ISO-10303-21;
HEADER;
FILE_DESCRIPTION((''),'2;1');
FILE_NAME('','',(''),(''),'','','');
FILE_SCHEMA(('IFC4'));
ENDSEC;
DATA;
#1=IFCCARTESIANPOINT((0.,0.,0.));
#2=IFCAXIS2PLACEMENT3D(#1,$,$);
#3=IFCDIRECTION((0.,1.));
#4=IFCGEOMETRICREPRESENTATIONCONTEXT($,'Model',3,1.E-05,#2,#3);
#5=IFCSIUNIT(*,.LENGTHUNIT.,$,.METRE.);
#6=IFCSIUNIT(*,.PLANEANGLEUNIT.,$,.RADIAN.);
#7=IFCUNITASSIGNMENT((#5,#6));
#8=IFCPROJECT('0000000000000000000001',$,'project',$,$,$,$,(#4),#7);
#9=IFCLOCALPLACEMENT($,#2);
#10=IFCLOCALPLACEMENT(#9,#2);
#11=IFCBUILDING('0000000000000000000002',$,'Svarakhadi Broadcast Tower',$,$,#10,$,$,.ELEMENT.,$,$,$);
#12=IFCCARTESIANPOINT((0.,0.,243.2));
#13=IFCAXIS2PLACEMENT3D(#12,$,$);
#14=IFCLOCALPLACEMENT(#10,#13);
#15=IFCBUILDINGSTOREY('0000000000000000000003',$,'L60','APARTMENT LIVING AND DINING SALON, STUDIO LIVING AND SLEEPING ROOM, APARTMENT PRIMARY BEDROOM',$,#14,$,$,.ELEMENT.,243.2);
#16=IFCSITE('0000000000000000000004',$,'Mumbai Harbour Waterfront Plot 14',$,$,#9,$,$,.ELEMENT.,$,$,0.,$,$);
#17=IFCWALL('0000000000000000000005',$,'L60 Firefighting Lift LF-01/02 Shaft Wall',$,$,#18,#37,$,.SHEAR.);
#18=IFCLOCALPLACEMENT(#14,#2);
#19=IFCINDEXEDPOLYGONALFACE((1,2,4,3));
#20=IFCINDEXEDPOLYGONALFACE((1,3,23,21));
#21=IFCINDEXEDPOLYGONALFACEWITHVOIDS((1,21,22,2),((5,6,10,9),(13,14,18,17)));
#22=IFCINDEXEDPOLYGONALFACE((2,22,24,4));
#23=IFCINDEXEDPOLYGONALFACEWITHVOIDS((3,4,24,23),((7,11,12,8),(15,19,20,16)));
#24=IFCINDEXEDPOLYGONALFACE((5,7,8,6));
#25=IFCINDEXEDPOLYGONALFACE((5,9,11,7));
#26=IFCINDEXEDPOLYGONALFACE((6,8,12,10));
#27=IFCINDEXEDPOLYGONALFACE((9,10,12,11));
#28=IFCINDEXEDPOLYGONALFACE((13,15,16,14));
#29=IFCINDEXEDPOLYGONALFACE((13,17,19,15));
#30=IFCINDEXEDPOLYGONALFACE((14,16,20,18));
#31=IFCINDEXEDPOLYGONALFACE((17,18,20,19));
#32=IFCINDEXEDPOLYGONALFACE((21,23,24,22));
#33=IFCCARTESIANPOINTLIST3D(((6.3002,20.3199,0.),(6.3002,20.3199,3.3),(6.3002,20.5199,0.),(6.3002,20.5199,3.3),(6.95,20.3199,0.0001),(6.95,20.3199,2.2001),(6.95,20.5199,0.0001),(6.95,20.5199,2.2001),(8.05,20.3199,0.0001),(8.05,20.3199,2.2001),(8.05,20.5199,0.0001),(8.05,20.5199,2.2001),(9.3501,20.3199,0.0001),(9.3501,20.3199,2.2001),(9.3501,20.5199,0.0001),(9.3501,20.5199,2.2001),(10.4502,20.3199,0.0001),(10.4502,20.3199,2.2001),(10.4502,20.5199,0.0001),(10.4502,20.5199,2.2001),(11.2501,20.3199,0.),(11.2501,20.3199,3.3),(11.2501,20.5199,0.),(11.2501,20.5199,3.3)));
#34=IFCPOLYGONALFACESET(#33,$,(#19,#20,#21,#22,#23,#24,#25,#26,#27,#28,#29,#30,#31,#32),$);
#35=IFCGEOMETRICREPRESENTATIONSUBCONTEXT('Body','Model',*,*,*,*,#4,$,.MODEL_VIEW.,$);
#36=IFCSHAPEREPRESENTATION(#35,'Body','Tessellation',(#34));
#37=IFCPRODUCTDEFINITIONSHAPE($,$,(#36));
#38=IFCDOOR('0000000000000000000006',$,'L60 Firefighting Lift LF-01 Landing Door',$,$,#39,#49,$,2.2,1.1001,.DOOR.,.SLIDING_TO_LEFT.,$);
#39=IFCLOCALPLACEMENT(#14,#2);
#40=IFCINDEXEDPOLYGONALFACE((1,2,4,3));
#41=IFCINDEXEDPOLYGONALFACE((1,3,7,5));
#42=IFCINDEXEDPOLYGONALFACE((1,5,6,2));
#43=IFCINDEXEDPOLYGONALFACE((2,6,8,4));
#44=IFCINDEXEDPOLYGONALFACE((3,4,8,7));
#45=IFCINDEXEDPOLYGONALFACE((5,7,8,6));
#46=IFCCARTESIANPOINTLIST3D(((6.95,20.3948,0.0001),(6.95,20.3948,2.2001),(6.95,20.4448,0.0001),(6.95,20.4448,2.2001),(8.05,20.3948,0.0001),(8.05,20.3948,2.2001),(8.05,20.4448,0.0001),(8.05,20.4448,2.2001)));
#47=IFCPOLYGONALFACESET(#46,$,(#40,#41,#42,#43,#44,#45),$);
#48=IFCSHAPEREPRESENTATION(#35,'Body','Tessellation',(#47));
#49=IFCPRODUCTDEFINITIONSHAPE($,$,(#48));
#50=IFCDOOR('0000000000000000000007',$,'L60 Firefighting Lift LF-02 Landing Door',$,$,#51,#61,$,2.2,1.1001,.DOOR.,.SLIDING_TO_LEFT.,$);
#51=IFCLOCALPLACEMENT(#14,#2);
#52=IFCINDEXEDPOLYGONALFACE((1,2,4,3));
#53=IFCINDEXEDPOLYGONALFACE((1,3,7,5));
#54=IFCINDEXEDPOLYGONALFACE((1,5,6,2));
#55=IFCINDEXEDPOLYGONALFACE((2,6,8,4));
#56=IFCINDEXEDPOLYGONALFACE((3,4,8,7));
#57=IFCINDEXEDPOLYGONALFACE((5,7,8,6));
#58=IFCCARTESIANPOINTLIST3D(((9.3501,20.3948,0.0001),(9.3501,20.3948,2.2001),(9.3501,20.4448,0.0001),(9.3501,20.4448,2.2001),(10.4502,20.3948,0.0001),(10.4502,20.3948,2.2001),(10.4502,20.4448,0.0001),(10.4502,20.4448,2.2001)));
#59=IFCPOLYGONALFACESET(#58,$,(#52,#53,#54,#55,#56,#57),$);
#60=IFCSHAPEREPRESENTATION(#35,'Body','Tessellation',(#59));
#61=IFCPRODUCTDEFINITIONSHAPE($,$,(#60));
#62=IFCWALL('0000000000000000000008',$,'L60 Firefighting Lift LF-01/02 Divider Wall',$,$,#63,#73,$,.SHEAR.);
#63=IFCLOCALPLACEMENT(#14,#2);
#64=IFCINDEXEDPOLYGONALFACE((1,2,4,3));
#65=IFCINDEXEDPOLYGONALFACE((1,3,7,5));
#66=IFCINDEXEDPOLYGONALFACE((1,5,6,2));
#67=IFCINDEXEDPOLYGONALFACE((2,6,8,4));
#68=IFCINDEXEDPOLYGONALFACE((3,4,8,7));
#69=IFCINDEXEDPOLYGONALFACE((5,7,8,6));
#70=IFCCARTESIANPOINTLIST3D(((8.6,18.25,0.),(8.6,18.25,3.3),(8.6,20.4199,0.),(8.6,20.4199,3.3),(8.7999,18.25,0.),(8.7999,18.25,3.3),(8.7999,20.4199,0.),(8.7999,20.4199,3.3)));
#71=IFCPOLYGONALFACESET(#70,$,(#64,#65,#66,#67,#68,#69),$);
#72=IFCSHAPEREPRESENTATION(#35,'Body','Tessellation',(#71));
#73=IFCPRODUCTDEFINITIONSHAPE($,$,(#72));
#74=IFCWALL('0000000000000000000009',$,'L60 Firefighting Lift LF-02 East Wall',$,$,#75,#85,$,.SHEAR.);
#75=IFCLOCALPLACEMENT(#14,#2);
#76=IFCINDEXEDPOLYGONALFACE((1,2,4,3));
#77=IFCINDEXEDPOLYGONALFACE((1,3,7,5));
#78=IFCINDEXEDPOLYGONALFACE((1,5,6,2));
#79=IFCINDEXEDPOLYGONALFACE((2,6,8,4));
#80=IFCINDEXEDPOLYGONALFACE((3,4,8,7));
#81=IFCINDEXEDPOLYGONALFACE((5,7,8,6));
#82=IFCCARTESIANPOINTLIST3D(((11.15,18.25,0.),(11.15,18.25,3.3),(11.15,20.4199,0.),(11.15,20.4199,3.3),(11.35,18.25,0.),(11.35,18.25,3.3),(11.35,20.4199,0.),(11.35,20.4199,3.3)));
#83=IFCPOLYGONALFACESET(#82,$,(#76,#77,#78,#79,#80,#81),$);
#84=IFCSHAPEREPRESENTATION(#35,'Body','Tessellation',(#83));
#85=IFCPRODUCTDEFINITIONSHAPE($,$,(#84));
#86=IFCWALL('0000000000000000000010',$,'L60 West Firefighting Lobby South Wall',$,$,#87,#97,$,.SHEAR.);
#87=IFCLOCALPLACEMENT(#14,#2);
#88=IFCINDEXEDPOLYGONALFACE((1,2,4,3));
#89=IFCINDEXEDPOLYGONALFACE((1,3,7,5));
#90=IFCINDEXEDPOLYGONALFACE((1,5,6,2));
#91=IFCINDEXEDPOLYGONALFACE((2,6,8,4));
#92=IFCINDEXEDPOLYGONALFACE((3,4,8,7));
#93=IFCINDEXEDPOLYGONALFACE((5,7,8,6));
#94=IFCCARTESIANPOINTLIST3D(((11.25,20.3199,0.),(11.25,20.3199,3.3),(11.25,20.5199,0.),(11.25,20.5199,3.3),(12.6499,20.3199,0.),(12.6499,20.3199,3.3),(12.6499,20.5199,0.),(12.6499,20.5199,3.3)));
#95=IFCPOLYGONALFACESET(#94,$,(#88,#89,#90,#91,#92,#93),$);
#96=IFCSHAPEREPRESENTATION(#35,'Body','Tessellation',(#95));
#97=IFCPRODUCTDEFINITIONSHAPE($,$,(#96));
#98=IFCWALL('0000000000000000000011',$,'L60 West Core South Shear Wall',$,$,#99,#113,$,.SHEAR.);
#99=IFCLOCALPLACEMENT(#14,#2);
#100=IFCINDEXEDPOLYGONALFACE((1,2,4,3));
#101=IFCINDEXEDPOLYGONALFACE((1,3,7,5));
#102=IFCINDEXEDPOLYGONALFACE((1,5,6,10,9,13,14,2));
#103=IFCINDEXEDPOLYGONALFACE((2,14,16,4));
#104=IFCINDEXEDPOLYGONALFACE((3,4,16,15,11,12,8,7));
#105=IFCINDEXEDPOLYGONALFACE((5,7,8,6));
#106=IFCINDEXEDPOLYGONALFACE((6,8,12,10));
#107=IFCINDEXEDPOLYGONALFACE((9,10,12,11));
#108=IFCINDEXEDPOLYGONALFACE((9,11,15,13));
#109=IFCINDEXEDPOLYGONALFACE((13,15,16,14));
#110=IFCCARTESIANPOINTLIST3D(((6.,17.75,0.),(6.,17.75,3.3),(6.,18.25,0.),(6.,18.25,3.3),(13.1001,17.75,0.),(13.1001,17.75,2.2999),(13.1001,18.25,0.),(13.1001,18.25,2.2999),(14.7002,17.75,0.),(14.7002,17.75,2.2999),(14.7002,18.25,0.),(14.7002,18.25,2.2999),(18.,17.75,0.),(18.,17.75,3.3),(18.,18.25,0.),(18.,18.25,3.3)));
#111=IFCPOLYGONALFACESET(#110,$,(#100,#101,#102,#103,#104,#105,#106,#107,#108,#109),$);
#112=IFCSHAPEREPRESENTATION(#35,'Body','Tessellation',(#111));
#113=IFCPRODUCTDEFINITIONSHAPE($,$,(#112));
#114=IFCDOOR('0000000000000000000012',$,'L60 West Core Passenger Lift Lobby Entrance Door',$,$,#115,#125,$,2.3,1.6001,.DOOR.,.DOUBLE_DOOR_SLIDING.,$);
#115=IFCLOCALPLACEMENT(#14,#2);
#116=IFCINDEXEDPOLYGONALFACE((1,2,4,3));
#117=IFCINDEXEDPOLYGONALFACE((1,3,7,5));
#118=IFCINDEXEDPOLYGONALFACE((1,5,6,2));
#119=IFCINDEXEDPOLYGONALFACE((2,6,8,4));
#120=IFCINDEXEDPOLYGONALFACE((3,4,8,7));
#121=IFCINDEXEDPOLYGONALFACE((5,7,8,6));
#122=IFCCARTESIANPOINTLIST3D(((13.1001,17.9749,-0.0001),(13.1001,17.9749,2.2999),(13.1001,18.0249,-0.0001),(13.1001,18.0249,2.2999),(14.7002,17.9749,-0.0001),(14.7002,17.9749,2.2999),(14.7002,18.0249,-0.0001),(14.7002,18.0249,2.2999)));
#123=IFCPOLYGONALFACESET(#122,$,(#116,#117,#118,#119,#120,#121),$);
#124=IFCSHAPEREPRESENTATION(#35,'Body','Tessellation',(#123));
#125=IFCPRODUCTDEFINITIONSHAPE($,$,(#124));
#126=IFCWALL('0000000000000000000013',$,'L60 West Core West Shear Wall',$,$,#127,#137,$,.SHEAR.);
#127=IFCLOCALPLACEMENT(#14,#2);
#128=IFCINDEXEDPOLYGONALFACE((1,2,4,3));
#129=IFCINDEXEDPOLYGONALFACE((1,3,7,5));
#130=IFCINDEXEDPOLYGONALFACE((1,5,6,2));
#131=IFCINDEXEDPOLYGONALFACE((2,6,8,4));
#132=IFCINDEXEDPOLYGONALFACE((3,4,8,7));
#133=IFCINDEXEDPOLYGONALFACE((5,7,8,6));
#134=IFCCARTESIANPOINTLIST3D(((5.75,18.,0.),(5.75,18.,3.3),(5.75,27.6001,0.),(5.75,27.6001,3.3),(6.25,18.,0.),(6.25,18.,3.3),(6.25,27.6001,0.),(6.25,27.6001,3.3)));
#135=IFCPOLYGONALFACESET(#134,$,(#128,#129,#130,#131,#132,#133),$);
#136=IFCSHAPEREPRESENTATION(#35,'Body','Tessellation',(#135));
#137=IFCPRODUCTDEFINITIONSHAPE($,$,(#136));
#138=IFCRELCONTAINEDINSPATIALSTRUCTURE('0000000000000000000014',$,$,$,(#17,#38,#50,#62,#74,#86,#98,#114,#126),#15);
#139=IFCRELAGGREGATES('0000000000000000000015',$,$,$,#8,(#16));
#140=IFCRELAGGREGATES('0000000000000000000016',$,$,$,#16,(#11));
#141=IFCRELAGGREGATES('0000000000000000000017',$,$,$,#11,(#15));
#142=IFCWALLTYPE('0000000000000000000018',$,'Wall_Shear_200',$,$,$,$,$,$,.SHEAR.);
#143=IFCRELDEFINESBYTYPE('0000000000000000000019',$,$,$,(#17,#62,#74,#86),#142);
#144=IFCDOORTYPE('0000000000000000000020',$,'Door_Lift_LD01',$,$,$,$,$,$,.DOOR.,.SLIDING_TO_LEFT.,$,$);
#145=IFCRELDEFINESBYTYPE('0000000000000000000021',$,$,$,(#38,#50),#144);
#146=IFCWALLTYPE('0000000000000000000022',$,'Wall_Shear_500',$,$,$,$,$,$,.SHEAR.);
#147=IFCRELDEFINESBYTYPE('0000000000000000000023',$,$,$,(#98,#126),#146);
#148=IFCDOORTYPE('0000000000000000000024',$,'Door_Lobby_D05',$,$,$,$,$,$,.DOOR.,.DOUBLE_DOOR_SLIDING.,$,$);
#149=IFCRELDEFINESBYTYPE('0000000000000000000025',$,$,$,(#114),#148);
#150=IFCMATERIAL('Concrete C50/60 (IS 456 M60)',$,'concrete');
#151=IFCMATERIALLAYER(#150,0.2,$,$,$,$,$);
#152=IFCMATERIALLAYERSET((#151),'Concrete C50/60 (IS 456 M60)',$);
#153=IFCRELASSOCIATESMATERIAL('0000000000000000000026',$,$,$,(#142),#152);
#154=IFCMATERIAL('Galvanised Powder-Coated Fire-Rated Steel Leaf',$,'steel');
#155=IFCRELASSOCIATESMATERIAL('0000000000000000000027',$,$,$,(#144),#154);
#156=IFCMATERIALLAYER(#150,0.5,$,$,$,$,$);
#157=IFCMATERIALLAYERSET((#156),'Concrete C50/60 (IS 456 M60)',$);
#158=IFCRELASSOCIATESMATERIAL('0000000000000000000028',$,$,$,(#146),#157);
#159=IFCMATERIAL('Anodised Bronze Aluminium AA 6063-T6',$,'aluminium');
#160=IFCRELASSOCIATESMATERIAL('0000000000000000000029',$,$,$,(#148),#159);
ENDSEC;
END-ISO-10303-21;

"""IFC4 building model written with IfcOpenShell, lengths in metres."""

from ifc_helpers import new_model, si_unit, direction, frame, frame_2d, origin, place, context, subcontext, project, spatial, rectangle, extrude, material, layer, layer_set, type_object, element, fill, save


model = new_model("IFC4")

# Units and contexts
model_context = context("Model", 3, precision=1e-05, world=origin(), true_north=direction((0.0, 1.0)))
body_context = subcontext(model_context, "Body", "Model", "MODEL_VIEW")
ifc_project = project(units=[si_unit("LENGTHUNIT", "METRE"), si_unit("PLANEANGLEUNIT", "RADIAN")], contexts=[model_context])

# Site, building, storey
site_placement = place(None, origin())
site = spatial("IfcSite", under=ifc_project, at=site_placement, Name="Mumbai Harbour Waterfront Plot 14", CompositionType="ELEMENT", RefElevation=0.0)
building_placement = place(site_placement, origin())
building = spatial("IfcBuilding", under=site, at=building_placement, Name="Svarakhadi Broadcast Tower", CompositionType="ELEMENT")
storey_placement = place(building_placement, frame((0.0, 0.0, 243.2)))
storey = spatial("IfcBuildingStorey", under=building, at=storey_placement, Name="L60", Description="APARTMENT LIVING AND DINING SALON, STUDIO LIVING AND SLEEPING ROOM, APARTMENT PRIMARY BEDROOM", CompositionType="ELEMENT", Elevation=243.2)

# Shared definitions
ifc_material_1 = material(Name="Concrete C50/60 (IS 456 M60)", Category="concrete")

# Shared definitions
ifc_layer_1 = layer(ifc_material_1, 0.2)
ifc_layer_set_1 = layer_set([ifc_layer_1], Name="Concrete C50/60 (IS 456 M60)")
wall_type_1 = type_object("IfcWallType", Name="Wall_Shear_200", PredefinedType="SHEAR", material=ifc_layer_set_1)
ifc_material_2 = material(Name="Galvanised Powder-Coated Fire-Rated Steel Leaf", Category="steel")

# Wall, openings, doors
wall_1_placement = place(storey_placement, frame((6.3, 20.4199, 0.0), z_axis=(0.0, 0.0, 1.0), x_axis=(1.0, 0.0, 0.0)))
wall_1 = element("IfcWall", 1, at=wall_1_placement, inside=storey, type_object=wall_type_1, Name="L60 Firefighting Lift LF-01/02 Shaft Wall", PredefinedType="SHEAR", context=body_context, shape_type="SweptSolid", body=[
    extrude(rectangle(XDim=4.95, YDim=0.2, at=frame_2d((2.4751, 0.0))), origin(), (0.0, 0.0, 1.0), 3.3),
])
opening_1_placement = place(wall_1_placement, frame((0.6499, 0.0, 0.0)))
opening_1 = element("IfcOpeningElement", 2, at=opening_1_placement, cuts=wall_1, PredefinedType="OPENING", context=body_context, shape_type="SweptSolid", body=[
    extrude(rectangle(XDim=1.1001, YDim=2.2, at=frame_2d((0.55, 1.1001))), frame((0.0, 0.1099, 0.0), z_axis=(0.0, -1.0, 0.0), x_axis=(1.0, 0.0, 0.0)), (0.0, 0.0, 1.0), 0.22),
])
opening_2_placement = place(wall_1_placement, frame((3.05, 0.0, 0.0)))
opening_2 = element("IfcOpeningElement", 3, at=opening_2_placement, cuts=wall_1, PredefinedType="OPENING", context=body_context, shape_type="SweptSolid", body=[
    extrude(rectangle(XDim=1.1001, YDim=2.2, at=frame_2d((0.55, 1.1001))), frame((0.0, 0.1099, 0.0), z_axis=(0.0, -1.0, 0.0), x_axis=(1.0, 0.0, 0.0)), (0.0, 0.0, 1.0), 0.22),
])
door_type_1 = type_object("IfcDoorType", Name="Door_Lift_LD01", OperationType="SLIDING_TO_LEFT", PredefinedType="DOOR", material=ifc_material_2)
door_1_placement = place(opening_1_placement, origin())
door_1 = element("IfcDoor", 4, at=door_1_placement, inside=storey, type_object=door_type_1, Name="L60 Firefighting Lift LF-01 Landing Door", OperationType="SLIDING_TO_LEFT", OverallHeight=2.2, OverallWidth=1.1001, PredefinedType="DOOR", context=body_context, shape_type="SweptSolid", body=[
    extrude(rectangle(XDim=1.1001, YDim=2.2, at=frame_2d((0.55, 1.1001))), frame((0.0, 0.0249, 0.0), z_axis=(0.0, -1.0, 0.0), x_axis=(1.0, 0.0, 0.0)), (0.0, 0.0, 1.0), 0.05),
])
fill(opening_1, door_1)
door_2_placement = place(opening_2_placement, origin())
door_2 = element("IfcDoor", 5, at=door_2_placement, inside=storey, type_object=door_type_1, Name="L60 Firefighting Lift LF-02 Landing Door", OperationType="SLIDING_TO_LEFT", OverallHeight=2.2, OverallWidth=1.1001, PredefinedType="DOOR", context=body_context, shape_type="SweptSolid", body=[
    extrude(rectangle(XDim=1.1001, YDim=2.2, at=frame_2d((0.55, 1.1001))), frame((0.0, 0.0249, 0.0), z_axis=(0.0, -1.0, 0.0), x_axis=(1.0, 0.0, 0.0)), (0.0, 0.0, 1.0), 0.05),
])
fill(opening_2, door_2)

# Walls
for number, where, z_axis, x_axis, name in (
    (6, (8.7, 18.25, 0.0), (0.0, 0.0, 1.0), (0.0, 1.0, 0.0), "L60 Firefighting Lift LF-01/02 Divider Wall"),
    (7, (11.25, 18.25, 0.0), (0.0, 0.0, 1.0), (0.0, 1.0, 0.0), "L60 Firefighting Lift LF-02 East Wall"),
):
    element("IfcWall", number, at=place(storey_placement, frame(where, z_axis=z_axis, x_axis=x_axis)), inside=storey, type_object=wall_type_1, Name=name, PredefinedType="SHEAR", context=body_context, shape_type="SweptSolid", body=[
        extrude(rectangle(XDim=2.1699, YDim=0.2, at=frame_2d((1.085, 0.0))), origin(), (0.0, 0.0, 1.0), 3.3),
    ])
wall_2_placement = place(storey_placement, frame((11.25, 20.4199, 0.0), z_axis=(0.0, 0.0, 1.0), x_axis=(1.0, 0.0, 0.0)))
element("IfcWall", 8, at=wall_2_placement, inside=storey, type_object=wall_type_1, Name="L60 West Firefighting Lobby South Wall", PredefinedType="SHEAR", context=body_context, shape_type="SweptSolid", body=[
    extrude(rectangle(XDim=1.3999, YDim=0.2, at=frame_2d((0.7, 0.0))), origin(), (0.0, 0.0, 1.0), 3.3),
])

# Wall, opening, door
ifc_layer_2 = layer(ifc_material_1, 0.5)
ifc_layer_set_2 = layer_set([ifc_layer_2], Name="Concrete C50/60 (IS 456 M60)")
wall_type_2 = type_object("IfcWallType", Name="Wall_Shear_500", PredefinedType="SHEAR", material=ifc_layer_set_2)
wall_3_placement = place(storey_placement, frame((6.0, 18.0, 0.0), z_axis=(0.0, 0.0, 1.0), x_axis=(1.0, 0.0, 0.0)))
wall_3 = element("IfcWall", 9, at=wall_3_placement, inside=storey, type_object=wall_type_2, Name="L60 West Core South Shear Wall", PredefinedType="SHEAR", context=body_context, shape_type="SweptSolid", body=[
    extrude(rectangle(XDim=12.0, YDim=0.5, at=frame_2d((6.0, 0.0))), origin(), (0.0, 0.0, 1.0), 3.3),
])
opening_3_placement = place(wall_3_placement, frame((7.1001, 0.0, 0.0)))
opening_3 = element("IfcOpeningElement", 10, at=opening_3_placement, cuts=wall_3, PredefinedType="OPENING", context=body_context, shape_type="SweptSolid", body=[
    extrude(rectangle(XDim=1.6001, YDim=2.3, at=frame_2d((0.8, 1.1499))), frame((0.0, 0.26, 0.0), z_axis=(0.0, -1.0, 0.0), x_axis=(1.0, 0.0, 0.0)), (0.0, 0.0, 1.0), 0.52),
])
ifc_material_3 = material(Name="Anodised Bronze Aluminium AA 6063-T6", Category="aluminium")
door_type_2 = type_object("IfcDoorType", Name="Door_Lobby_D05", OperationType="DOUBLE_DOOR_SLIDING", PredefinedType="DOOR", material=ifc_material_3)
door_3_placement = place(opening_3_placement, origin())
door_3 = element("IfcDoor", 11, at=door_3_placement, inside=storey, type_object=door_type_2, Name="L60 West Core Passenger Lift Lobby Entrance Door", OperationType="DOUBLE_DOOR_SLIDING", OverallHeight=2.3, OverallWidth=1.6001, PredefinedType="DOOR", context=body_context, shape_type="SweptSolid", body=[
    extrude(rectangle(XDim=1.6001, YDim=2.3, at=frame_2d((0.8, 1.1499))), frame((0.0, 0.0249, 0.0), z_axis=(0.0, -1.0, 0.0), x_axis=(1.0, 0.0, 0.0)), (0.0, 0.0, 1.0), 0.05),
])
fill(opening_3, door_3)

# Wall
wall_4_placement = place(storey_placement, frame((6.0, 18.0, 0.0), z_axis=(0.0, 0.0, 1.0), x_axis=(0.0, 1.0, 0.0)))
element("IfcWall", 12, at=wall_4_placement, inside=storey, type_object=wall_type_2, Name="L60 West Core West Shear Wall", PredefinedType="SHEAR", context=body_context, shape_type="SweptSolid", body=[
    extrude(rectangle(XDim=9.6001, YDim=0.5, at=frame_2d((4.8, 0.0))), origin(), (0.0, 0.0, 1.0), 3.3),
])

save(model, "model.ifc")
